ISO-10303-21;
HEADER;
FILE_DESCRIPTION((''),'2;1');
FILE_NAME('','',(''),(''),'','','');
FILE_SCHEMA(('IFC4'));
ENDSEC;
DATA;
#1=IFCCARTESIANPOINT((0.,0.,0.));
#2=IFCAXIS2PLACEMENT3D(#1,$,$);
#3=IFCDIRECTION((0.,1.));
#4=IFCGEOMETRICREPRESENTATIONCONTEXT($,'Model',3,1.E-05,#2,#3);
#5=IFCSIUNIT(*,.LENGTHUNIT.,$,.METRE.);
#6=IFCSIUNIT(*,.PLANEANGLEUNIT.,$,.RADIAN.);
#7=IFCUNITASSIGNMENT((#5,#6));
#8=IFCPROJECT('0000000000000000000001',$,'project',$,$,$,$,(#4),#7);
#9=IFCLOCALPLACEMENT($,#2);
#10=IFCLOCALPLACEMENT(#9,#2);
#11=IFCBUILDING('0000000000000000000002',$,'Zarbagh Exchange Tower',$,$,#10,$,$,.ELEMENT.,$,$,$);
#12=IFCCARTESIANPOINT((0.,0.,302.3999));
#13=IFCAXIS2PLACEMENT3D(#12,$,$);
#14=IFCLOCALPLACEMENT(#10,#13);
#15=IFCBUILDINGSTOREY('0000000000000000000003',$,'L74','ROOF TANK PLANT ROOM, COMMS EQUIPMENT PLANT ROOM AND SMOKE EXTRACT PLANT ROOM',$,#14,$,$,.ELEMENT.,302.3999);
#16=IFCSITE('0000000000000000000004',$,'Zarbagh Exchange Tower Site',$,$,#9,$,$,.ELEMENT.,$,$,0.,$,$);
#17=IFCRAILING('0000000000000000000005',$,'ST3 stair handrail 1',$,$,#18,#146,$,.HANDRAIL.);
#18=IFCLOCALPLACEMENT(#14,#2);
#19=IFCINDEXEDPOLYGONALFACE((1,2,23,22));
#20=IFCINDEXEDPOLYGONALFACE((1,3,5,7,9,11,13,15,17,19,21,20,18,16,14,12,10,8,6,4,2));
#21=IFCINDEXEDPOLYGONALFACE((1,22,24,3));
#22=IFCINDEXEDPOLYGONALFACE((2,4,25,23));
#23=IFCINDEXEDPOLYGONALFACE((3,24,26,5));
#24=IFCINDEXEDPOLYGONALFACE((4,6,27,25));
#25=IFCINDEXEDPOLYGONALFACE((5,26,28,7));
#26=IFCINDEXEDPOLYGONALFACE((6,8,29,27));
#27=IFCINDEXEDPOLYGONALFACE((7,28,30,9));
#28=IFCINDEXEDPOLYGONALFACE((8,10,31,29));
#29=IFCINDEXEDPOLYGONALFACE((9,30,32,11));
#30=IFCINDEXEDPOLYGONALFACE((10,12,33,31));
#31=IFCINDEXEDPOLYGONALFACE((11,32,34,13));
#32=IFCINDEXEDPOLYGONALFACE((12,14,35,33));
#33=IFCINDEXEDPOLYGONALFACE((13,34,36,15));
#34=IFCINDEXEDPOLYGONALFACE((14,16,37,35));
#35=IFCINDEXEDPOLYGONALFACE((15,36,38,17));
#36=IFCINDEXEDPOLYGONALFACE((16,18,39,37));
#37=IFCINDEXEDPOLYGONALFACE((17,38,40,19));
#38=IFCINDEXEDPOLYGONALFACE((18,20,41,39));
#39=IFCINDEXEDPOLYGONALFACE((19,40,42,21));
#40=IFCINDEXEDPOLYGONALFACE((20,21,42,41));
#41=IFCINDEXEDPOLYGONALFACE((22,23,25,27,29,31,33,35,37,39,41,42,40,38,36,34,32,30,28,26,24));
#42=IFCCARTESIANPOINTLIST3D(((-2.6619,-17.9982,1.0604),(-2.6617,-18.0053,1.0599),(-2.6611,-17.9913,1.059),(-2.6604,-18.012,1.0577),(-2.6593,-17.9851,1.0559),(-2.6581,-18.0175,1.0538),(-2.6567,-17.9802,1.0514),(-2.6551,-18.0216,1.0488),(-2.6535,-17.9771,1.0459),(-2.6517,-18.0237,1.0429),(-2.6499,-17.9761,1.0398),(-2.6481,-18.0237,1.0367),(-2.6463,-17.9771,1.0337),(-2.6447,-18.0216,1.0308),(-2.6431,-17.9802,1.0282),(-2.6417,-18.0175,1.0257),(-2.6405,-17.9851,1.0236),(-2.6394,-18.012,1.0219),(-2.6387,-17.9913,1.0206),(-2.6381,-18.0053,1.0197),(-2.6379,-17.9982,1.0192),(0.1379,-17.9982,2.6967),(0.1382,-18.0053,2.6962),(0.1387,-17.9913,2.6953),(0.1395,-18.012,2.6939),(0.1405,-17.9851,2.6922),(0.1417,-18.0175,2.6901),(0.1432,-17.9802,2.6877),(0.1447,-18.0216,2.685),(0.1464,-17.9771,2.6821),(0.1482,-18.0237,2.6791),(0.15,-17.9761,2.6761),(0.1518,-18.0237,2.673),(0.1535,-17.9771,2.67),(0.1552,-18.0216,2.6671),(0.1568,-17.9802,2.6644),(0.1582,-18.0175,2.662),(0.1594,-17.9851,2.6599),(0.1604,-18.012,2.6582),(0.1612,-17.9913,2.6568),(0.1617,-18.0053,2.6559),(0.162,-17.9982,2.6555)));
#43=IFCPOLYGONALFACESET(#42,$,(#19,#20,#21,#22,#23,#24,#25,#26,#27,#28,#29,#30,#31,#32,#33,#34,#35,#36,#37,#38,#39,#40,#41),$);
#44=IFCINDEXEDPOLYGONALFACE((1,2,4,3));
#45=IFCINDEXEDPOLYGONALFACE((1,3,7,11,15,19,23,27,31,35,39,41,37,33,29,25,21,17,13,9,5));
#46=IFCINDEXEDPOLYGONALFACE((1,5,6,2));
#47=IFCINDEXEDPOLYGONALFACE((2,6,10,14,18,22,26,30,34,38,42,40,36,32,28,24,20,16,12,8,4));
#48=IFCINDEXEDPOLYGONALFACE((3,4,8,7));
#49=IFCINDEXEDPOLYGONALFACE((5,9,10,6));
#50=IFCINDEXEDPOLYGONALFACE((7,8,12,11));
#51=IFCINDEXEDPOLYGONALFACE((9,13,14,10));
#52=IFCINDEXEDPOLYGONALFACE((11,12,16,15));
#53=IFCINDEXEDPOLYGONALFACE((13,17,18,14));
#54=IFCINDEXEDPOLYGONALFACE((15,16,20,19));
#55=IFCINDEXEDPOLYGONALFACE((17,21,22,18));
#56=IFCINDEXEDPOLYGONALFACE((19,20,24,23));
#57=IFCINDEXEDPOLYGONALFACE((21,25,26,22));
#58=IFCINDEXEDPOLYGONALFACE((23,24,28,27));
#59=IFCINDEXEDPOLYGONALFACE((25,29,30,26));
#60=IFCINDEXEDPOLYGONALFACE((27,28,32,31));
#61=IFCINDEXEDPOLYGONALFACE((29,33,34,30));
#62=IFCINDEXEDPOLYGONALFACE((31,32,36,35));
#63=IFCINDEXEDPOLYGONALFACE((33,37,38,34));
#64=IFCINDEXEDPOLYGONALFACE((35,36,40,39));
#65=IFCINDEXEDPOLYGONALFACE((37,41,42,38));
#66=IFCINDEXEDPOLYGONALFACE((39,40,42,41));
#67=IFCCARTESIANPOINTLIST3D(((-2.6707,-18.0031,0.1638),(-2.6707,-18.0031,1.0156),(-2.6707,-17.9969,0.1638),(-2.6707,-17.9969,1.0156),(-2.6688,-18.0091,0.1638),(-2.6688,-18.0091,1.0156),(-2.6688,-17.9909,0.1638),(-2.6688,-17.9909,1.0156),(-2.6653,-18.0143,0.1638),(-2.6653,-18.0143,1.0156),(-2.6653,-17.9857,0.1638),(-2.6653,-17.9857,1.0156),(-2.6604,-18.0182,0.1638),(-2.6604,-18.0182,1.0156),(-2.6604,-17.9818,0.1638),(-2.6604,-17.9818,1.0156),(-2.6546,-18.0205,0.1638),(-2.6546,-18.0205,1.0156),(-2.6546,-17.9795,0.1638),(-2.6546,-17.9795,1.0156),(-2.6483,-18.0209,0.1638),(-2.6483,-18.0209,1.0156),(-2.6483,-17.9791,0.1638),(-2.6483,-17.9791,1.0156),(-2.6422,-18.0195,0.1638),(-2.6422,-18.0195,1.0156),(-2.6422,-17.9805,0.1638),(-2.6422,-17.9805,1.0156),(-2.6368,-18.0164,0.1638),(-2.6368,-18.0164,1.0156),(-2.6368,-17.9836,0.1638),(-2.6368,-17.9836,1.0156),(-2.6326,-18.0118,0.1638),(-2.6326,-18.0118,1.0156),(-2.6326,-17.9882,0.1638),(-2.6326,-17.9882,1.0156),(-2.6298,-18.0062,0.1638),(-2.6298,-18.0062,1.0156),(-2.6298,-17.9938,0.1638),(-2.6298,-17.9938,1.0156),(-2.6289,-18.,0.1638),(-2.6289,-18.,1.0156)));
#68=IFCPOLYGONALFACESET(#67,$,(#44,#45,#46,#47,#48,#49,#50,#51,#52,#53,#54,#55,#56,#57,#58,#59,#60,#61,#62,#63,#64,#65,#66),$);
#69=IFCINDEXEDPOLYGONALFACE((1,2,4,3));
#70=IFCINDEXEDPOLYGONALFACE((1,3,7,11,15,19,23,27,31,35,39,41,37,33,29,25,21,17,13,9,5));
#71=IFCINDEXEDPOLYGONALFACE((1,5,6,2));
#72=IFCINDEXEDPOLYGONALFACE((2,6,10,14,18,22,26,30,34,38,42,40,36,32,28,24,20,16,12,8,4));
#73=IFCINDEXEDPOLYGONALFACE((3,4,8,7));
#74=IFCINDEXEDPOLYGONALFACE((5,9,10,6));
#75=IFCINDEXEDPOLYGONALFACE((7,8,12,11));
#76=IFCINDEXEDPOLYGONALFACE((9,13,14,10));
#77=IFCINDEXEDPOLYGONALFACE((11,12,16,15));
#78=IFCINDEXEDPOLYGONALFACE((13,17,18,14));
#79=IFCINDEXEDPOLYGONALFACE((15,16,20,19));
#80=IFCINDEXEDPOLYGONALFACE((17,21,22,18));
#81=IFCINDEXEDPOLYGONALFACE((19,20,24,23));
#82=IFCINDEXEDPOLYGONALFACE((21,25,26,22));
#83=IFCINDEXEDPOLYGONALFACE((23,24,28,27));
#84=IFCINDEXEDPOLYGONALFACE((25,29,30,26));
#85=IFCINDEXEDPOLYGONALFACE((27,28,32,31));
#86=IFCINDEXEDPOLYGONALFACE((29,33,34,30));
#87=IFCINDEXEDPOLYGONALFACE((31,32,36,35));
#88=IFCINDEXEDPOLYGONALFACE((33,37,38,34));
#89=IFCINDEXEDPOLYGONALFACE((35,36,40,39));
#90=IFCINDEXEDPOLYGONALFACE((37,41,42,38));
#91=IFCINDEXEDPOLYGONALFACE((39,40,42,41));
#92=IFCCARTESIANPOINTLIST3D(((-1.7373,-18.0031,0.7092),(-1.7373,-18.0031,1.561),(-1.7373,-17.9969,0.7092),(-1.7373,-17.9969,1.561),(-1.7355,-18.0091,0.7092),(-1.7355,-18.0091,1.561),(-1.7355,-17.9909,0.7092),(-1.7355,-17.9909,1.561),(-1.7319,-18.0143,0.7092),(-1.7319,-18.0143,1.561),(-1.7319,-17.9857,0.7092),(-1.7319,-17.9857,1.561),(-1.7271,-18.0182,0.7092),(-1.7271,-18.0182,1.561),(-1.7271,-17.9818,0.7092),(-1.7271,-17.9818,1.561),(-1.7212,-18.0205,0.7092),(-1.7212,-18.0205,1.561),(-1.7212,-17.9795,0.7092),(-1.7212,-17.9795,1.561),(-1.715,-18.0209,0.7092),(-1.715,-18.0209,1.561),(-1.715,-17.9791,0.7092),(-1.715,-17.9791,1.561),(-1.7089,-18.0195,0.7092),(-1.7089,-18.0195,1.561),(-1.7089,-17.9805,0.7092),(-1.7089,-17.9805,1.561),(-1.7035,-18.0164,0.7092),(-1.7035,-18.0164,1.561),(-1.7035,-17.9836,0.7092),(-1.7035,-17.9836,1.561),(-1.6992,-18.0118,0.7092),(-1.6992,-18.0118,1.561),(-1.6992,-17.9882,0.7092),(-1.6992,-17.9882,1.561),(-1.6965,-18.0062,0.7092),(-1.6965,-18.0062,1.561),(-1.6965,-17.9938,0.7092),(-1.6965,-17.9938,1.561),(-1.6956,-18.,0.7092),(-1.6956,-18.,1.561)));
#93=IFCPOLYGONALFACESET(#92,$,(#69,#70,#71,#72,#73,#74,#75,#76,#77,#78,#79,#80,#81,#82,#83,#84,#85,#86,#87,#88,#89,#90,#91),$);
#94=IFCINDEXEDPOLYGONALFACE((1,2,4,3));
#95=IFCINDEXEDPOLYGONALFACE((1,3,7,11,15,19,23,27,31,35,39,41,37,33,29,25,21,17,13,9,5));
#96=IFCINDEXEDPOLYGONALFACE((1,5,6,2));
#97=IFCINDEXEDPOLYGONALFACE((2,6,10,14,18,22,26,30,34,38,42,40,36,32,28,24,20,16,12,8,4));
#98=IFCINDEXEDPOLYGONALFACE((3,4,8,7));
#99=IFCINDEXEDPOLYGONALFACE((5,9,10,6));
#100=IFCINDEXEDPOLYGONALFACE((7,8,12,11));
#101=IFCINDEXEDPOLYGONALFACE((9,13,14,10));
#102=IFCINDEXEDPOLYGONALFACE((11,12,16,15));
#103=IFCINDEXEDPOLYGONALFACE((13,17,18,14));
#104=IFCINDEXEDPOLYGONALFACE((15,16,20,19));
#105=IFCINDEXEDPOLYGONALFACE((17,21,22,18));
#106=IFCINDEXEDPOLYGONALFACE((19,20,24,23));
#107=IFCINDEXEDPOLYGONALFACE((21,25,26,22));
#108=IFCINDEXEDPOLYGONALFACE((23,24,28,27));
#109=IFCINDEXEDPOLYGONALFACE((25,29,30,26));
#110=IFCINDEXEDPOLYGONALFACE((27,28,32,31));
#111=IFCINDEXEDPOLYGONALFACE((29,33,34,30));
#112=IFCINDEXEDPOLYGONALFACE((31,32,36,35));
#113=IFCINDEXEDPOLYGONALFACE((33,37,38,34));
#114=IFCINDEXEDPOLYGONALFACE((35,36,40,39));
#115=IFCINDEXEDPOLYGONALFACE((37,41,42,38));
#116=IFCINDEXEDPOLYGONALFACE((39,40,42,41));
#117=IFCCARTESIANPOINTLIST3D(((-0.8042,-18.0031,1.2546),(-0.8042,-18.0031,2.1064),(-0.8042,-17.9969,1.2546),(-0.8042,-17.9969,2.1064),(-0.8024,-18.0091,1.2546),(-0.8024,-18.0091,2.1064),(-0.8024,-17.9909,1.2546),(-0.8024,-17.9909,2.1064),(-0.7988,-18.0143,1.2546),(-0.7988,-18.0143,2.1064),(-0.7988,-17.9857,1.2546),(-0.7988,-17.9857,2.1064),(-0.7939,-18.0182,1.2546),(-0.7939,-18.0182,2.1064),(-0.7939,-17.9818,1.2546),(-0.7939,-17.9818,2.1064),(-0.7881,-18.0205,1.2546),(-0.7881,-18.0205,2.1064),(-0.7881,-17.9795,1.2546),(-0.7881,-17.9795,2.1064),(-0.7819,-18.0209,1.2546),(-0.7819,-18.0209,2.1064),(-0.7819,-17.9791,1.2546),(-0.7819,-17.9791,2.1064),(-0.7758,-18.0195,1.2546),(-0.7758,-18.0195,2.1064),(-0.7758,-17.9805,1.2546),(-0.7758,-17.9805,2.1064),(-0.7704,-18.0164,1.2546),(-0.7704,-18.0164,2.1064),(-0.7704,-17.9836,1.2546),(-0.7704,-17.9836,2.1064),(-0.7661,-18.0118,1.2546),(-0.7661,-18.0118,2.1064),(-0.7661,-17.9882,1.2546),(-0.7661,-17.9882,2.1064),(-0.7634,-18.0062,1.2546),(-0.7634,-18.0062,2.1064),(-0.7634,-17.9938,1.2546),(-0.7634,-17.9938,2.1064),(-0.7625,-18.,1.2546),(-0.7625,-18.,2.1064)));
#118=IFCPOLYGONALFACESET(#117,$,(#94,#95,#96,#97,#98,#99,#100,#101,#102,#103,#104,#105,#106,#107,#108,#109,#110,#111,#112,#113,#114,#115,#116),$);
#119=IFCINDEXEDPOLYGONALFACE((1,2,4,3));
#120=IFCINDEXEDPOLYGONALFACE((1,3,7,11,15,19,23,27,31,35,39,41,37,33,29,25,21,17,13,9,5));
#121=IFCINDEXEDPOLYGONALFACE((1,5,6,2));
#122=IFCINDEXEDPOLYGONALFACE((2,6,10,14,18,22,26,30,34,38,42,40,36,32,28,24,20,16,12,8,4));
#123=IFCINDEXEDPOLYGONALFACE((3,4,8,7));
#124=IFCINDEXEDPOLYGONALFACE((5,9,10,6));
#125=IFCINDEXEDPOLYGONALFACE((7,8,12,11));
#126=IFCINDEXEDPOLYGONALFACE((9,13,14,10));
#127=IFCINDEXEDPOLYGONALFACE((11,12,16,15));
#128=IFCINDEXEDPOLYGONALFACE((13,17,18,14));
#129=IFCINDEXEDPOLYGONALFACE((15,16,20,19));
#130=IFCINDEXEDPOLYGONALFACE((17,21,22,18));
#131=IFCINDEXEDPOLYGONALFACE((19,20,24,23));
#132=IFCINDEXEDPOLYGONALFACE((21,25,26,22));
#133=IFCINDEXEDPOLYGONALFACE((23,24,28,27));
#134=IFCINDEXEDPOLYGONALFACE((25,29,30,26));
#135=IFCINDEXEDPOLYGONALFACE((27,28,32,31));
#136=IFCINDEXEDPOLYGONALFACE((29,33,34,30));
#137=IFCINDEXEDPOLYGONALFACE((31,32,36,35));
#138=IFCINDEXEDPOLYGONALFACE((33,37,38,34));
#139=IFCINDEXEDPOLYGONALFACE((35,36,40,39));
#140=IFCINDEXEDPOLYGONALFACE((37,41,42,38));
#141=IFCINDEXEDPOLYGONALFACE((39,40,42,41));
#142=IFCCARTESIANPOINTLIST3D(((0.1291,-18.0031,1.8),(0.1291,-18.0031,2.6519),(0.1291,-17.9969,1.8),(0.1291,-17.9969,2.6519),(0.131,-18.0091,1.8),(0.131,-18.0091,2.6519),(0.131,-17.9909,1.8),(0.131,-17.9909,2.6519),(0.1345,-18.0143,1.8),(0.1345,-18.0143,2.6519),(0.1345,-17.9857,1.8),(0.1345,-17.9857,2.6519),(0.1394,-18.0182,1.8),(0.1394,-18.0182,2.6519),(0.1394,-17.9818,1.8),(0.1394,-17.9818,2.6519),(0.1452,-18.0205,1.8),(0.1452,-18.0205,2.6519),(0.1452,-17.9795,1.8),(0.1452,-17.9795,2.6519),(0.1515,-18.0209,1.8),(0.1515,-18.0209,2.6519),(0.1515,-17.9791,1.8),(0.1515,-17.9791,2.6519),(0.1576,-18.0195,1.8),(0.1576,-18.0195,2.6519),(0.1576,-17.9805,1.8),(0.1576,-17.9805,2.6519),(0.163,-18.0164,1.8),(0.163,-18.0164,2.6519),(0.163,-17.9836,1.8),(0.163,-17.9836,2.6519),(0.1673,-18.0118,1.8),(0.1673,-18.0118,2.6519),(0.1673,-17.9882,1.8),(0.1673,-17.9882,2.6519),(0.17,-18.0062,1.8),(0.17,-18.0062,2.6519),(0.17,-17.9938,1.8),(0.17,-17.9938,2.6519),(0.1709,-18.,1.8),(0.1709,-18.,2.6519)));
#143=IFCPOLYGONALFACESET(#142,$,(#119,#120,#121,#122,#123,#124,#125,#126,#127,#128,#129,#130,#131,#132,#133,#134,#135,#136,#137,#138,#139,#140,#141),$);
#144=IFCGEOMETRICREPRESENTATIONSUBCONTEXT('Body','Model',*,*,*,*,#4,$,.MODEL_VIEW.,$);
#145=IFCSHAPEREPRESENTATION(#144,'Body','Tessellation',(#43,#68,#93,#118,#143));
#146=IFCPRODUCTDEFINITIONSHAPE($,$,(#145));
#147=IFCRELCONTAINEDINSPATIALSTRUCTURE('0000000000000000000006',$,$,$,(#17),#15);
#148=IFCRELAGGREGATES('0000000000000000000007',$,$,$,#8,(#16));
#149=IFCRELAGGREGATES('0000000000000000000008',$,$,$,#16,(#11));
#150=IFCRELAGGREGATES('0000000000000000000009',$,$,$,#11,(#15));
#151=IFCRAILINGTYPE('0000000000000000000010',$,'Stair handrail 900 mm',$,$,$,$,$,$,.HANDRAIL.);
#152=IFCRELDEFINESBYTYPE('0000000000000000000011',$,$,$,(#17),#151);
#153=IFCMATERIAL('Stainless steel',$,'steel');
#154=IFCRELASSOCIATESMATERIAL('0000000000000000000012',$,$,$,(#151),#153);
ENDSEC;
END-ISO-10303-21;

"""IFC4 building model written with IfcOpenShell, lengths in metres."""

from ifc_helpers import new_model, si_unit, direction, frame, origin, origin_2d, place, context, subcontext, project, spatial, circle, extrude, material, type_object, element, save


model = new_model("IFC4")

# Units and contexts
model_context = context("Model", 3, precision=1e-05, world=origin(), true_north=direction((0.0, 1.0)))
body_context = subcontext(model_context, "Body", "Model", "MODEL_VIEW")
ifc_project = project(units=[si_unit("LENGTHUNIT", "METRE"), si_unit("PLANEANGLEUNIT", "RADIAN")], contexts=[model_context])

# Site, building, storey
site_placement = place(None, origin())
site = spatial("IfcSite", under=ifc_project, at=site_placement, Name="Zarbagh Exchange Tower Site", CompositionType="ELEMENT", RefElevation=0.0)
building_placement = place(site_placement, origin())
building = spatial("IfcBuilding", under=site, at=building_placement, Name="Zarbagh Exchange Tower", CompositionType="ELEMENT")
storey_placement = place(building_placement, frame((0.0, 0.0, 302.3999)))
storey = spatial("IfcBuildingStorey", under=building, at=storey_placement, Name="L74", Description="ROOF TANK PLANT ROOM, COMMS EQUIPMENT PLANT ROOM AND SMOKE EXTRACT PLANT ROOM", CompositionType="ELEMENT", Elevation=302.3999)

# Shared definitions
ifc_material_1 = material(Name="Stainless steel", Category="steel")

# Railing
railing_type_1 = type_object("IfcRailingType", Name="Stair handrail 900 mm", PredefinedType="HANDRAIL", material=ifc_material_1)
railing_1_placement = place(storey_placement, frame((-2.6499, -18.0, 0.1638)))
element("IfcRailing", 1, at=railing_1_placement, inside=storey, type_object=railing_type_1, Name="ST3 stair handrail 1", PredefinedType="HANDRAIL", context=body_context, shape_type="SweptSolid", body=[
    extrude(circle(Radius=0.0239, at=origin_2d()), frame((0.0, 0.0, 0.876), z_axis=(0.863374, 0.0, 0.504564), x_axis=(0.0, 1.0, 0.0)), (0.0, 0.0, 1.0), 3.2429),
    extrude(circle(Radius=0.021, at=origin_2d()), origin(), (0.0, 0.0, 1.0), 0.8518),
    extrude(circle(Radius=0.021, at=origin_2d()), frame((0.9333, 0.0, 0.5454)), (0.0, 0.0, 1.0), 0.8518),
    extrude(circle(Radius=0.021, at=origin_2d()), frame((1.8665, 0.0, 1.0908)), (0.0, 0.0, 1.0), 0.8518),
    extrude(circle(Radius=0.021, at=origin_2d()), frame((2.7998, 0.0, 1.6362)), (0.0, 0.0, 1.0), 0.8518),
])

save(model, "model.ifc")
